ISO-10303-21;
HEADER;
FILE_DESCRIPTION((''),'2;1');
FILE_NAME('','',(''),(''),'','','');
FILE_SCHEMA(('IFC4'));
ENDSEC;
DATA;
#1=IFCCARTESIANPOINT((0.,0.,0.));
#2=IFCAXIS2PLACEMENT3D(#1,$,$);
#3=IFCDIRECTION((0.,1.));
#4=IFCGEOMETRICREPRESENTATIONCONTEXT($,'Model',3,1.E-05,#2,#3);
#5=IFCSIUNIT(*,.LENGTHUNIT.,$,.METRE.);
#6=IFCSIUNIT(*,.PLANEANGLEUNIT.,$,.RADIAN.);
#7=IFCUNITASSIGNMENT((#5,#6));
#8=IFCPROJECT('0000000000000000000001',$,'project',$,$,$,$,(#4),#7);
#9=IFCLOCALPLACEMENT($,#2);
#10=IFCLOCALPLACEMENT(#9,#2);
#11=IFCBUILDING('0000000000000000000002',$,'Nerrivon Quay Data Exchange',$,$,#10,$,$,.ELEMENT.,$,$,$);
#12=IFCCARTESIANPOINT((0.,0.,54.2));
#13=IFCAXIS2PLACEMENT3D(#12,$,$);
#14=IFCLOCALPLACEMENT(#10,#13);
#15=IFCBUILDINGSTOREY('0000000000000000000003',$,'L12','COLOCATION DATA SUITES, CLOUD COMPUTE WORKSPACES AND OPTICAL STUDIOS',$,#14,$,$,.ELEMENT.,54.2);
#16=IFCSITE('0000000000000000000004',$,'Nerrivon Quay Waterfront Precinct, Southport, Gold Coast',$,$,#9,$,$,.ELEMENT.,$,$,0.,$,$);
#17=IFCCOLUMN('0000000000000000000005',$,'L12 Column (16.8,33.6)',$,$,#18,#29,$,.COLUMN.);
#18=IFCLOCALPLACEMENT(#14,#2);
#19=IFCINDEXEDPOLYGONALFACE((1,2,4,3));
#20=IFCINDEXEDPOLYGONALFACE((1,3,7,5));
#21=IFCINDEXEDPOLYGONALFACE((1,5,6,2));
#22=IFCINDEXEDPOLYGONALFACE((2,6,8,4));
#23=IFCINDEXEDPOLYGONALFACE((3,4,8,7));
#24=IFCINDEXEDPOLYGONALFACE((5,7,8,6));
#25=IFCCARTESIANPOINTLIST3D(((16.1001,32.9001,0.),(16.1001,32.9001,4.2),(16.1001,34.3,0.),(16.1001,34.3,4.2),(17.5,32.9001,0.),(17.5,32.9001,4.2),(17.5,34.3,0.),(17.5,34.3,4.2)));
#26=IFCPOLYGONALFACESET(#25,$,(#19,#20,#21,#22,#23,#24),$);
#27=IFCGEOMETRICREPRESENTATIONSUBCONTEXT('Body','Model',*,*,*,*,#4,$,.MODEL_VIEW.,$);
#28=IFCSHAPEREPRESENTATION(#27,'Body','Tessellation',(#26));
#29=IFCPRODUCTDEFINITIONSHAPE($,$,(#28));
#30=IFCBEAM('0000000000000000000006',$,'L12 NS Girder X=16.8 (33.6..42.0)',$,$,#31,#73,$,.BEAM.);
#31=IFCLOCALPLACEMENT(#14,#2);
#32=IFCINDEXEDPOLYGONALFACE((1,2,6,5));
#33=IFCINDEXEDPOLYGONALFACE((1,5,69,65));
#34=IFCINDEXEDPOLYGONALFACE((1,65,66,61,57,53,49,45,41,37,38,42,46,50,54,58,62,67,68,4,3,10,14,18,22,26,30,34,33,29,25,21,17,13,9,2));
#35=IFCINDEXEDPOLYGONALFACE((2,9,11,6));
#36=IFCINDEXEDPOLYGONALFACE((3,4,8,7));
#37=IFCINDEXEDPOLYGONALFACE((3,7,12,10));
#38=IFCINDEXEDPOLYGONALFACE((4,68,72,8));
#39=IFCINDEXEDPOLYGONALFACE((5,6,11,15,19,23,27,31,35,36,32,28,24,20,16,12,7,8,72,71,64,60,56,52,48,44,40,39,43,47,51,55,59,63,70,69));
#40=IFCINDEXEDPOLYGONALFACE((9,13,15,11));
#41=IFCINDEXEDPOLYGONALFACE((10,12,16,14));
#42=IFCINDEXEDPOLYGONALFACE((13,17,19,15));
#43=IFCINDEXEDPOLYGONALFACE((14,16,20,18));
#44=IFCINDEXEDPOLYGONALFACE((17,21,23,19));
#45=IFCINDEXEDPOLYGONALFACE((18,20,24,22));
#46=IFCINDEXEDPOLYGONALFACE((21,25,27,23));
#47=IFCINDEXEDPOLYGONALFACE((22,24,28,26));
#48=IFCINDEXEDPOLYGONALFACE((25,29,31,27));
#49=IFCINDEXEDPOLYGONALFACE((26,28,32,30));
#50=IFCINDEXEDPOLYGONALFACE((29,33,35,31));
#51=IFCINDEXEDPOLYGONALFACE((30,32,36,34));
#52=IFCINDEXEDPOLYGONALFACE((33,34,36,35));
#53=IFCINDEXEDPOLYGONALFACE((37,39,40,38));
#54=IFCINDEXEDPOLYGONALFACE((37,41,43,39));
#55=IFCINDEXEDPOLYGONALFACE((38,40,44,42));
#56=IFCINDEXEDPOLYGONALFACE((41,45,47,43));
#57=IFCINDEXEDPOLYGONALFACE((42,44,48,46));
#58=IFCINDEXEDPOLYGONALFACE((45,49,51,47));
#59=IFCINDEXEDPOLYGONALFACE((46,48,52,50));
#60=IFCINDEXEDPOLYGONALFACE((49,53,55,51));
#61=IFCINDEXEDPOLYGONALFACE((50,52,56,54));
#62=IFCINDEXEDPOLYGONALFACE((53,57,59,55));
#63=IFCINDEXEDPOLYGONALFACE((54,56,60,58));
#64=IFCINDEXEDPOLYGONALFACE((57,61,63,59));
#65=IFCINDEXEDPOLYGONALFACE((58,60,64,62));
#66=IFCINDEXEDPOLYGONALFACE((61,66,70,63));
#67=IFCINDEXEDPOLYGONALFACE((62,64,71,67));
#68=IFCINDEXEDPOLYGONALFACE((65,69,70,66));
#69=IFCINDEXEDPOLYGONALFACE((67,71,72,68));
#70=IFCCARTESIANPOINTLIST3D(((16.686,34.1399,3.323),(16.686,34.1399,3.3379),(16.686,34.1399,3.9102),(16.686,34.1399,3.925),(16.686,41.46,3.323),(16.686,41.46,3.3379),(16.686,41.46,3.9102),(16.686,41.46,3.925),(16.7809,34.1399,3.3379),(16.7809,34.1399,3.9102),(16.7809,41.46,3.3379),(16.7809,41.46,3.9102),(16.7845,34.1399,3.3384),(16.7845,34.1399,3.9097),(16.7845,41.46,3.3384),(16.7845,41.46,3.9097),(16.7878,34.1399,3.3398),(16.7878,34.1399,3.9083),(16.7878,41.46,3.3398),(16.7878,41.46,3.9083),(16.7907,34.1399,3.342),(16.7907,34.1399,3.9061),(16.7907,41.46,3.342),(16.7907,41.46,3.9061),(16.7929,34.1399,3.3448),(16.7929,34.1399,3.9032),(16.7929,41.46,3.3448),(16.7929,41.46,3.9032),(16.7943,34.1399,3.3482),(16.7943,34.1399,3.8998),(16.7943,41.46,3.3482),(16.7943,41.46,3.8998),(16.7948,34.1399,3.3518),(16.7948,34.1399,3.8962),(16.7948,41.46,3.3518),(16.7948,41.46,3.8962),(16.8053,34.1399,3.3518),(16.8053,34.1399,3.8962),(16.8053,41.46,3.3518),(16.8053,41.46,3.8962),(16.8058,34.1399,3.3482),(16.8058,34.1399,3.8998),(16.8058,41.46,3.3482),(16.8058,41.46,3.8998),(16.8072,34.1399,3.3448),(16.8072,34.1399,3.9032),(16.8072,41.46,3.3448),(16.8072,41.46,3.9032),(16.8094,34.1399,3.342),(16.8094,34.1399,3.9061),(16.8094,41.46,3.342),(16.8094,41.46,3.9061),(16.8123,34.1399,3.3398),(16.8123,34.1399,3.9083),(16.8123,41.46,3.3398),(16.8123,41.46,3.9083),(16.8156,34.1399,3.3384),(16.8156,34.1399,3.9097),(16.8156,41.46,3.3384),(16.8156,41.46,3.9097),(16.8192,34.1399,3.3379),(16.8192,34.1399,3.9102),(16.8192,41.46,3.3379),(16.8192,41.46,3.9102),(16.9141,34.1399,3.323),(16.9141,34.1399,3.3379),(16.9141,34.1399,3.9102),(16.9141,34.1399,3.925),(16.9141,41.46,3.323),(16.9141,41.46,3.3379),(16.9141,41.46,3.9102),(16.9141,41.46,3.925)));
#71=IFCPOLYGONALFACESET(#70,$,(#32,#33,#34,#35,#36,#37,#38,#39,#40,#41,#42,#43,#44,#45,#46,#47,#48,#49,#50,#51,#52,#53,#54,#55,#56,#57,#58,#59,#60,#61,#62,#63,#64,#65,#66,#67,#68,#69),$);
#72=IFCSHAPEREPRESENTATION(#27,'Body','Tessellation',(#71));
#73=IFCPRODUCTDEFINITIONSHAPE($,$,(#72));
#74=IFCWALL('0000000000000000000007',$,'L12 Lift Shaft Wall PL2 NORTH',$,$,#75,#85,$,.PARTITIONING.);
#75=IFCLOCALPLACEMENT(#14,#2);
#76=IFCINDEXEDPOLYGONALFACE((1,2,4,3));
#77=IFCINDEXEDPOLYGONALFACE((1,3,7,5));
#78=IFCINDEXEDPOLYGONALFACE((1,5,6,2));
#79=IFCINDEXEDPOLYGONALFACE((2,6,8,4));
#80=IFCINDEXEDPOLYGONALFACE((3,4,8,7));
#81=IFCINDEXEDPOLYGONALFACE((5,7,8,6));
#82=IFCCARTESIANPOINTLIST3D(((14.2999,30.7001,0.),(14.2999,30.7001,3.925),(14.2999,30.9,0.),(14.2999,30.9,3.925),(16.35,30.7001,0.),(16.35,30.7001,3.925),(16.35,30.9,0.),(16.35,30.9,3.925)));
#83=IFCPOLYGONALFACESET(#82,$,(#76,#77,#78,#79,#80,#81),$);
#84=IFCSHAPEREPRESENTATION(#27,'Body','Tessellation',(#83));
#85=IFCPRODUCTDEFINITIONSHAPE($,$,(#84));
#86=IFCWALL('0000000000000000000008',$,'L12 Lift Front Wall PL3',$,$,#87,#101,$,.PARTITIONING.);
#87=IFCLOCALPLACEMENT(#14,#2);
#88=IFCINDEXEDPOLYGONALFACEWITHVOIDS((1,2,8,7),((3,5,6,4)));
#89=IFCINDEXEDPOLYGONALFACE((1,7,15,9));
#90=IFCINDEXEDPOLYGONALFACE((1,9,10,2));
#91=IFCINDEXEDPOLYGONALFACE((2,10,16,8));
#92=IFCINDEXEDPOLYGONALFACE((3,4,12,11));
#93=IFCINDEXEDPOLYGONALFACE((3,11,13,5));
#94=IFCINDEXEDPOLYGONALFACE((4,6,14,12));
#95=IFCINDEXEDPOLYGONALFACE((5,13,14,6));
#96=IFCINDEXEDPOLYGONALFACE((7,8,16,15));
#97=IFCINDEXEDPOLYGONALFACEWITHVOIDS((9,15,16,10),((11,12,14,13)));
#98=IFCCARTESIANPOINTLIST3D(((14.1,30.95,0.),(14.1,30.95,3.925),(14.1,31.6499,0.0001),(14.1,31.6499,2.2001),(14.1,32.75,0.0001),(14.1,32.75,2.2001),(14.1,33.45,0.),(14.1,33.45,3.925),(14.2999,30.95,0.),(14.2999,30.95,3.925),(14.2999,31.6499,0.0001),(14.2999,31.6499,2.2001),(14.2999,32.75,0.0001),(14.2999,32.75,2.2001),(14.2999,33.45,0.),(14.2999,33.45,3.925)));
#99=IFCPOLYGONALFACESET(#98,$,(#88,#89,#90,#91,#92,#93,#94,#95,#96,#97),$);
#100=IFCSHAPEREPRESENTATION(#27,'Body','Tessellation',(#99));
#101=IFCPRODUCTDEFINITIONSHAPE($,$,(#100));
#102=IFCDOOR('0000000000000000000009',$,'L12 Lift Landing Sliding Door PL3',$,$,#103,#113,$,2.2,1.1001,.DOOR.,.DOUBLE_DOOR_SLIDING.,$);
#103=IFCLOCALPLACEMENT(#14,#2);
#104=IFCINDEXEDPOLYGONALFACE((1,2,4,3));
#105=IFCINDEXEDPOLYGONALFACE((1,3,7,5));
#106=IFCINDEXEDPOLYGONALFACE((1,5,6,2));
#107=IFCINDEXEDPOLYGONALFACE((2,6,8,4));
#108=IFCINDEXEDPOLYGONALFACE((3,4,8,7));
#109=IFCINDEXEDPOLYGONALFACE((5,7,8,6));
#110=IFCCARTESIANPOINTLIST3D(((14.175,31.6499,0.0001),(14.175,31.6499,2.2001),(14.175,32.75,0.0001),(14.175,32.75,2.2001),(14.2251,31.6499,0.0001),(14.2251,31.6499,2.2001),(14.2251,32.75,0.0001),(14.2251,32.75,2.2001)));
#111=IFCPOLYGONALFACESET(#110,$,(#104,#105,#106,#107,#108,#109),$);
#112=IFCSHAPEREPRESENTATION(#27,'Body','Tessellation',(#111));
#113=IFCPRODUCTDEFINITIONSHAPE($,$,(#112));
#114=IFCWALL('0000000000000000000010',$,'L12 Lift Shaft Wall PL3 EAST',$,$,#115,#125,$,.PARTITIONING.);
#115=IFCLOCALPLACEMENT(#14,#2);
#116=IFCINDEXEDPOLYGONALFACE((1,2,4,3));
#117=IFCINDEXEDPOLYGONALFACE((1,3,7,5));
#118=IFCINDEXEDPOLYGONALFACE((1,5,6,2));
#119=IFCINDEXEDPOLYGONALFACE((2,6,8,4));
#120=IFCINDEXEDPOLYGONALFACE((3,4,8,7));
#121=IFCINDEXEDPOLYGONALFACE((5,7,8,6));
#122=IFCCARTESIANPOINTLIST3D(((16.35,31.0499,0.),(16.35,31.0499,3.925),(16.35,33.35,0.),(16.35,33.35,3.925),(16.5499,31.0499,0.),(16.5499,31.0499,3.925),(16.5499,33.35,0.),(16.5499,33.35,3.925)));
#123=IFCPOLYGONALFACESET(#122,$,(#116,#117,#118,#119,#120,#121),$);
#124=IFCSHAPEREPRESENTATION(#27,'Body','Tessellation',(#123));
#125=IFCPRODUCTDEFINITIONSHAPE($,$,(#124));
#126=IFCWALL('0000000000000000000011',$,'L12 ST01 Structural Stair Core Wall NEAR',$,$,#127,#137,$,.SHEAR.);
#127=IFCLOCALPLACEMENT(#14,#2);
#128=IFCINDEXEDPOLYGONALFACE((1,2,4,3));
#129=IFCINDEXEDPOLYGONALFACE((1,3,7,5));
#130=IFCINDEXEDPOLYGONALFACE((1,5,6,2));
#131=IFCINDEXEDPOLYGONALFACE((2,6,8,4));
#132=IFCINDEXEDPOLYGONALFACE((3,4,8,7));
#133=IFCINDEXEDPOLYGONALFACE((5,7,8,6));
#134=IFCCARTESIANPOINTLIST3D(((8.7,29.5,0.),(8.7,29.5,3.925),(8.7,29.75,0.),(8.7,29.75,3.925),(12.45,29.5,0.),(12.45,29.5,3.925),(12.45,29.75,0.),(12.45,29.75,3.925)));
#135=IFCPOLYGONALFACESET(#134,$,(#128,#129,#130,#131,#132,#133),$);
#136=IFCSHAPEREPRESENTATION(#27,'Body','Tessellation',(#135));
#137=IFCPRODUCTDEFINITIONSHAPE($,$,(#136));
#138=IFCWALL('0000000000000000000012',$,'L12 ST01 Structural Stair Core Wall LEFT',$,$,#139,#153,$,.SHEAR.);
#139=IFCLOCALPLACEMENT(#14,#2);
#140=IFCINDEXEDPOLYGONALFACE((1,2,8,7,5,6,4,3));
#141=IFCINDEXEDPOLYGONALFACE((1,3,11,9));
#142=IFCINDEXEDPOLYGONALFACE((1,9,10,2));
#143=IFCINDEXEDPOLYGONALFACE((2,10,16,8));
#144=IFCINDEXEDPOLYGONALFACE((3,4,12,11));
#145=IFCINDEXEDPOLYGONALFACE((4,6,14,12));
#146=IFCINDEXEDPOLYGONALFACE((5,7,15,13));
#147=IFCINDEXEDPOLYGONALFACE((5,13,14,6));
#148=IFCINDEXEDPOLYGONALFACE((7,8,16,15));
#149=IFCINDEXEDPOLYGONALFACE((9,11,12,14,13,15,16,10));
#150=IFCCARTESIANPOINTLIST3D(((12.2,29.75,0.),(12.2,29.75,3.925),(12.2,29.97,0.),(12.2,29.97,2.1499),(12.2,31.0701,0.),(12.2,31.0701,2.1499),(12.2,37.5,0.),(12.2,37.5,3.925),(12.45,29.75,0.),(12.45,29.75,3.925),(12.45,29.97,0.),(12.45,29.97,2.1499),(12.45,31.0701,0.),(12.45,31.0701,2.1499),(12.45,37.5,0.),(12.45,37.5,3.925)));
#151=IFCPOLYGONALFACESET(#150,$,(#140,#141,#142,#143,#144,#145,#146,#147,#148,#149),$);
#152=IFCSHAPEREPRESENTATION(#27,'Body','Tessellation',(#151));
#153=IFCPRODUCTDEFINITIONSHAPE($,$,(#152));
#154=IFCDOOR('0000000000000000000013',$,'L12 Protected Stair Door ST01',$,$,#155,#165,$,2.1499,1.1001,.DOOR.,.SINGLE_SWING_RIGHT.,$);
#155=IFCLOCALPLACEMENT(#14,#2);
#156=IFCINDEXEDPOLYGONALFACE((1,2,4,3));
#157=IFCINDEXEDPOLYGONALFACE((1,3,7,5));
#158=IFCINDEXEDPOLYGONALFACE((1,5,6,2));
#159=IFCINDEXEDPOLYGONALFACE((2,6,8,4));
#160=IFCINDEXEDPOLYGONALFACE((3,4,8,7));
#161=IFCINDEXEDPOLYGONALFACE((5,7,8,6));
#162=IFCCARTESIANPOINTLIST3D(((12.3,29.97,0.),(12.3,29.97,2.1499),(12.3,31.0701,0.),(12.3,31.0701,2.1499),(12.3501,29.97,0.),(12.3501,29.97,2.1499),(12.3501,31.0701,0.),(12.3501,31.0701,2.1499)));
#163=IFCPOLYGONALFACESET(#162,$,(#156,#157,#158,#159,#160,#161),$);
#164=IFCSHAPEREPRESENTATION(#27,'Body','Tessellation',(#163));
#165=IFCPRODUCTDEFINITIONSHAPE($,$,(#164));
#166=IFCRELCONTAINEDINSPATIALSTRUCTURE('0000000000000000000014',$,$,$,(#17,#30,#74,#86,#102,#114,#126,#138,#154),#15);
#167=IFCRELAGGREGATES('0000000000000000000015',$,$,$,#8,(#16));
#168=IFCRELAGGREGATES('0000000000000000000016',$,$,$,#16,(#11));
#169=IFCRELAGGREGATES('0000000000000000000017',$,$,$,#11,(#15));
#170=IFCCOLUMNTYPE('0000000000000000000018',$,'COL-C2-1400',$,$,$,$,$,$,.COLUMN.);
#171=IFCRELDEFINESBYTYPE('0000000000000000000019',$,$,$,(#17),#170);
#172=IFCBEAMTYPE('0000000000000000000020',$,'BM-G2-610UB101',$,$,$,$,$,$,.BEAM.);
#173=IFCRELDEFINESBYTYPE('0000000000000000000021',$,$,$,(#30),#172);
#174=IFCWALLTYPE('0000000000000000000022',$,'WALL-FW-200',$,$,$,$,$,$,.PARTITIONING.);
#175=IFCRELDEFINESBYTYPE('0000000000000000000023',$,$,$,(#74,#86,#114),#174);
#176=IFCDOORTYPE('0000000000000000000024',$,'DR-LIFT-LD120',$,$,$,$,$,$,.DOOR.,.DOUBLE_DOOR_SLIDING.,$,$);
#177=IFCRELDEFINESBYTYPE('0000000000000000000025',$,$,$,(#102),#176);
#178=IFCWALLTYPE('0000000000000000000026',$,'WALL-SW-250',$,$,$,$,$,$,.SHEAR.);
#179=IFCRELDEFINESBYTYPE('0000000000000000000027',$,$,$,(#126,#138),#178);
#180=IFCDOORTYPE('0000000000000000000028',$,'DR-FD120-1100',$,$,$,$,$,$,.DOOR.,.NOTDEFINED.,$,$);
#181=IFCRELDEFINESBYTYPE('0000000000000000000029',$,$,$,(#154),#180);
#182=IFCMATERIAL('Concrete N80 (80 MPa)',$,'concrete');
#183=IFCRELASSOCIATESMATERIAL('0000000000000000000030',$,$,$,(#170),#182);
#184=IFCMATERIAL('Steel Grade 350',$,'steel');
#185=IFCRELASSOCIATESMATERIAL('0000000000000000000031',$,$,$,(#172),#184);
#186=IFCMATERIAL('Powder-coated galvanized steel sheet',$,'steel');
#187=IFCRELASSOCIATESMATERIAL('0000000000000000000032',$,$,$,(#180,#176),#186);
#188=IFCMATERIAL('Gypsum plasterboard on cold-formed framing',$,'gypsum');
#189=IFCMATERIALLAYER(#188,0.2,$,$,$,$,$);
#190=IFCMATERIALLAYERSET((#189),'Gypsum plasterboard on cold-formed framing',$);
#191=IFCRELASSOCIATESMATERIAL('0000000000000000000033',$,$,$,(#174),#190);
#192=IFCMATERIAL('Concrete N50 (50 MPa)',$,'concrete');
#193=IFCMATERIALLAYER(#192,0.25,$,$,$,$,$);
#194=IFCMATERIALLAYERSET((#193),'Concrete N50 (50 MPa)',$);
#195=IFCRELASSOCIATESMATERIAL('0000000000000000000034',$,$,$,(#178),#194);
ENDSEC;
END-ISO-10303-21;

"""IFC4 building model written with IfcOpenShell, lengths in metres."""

from ifc_helpers import new_model, si_unit, direction, frame, frame_2d, origin, origin_2d, place, context, subcontext, project, spatial, rectangle, i_section, extrude, material, layer, layer_set, material_profile, profile_set, type_object, element, fill, save


model = new_model("IFC4")

# Units and contexts
model_context = context("Model", 3, precision=1e-05, world=origin(), true_north=direction((0.0, 1.0)))
body_context = subcontext(model_context, "Body", "Model", "MODEL_VIEW")
ifc_project = project(units=[si_unit("LENGTHUNIT", "METRE"), si_unit("PLANEANGLEUNIT", "RADIAN")], contexts=[model_context])

# Site, building, storey
site_placement = place(None, origin())
site = spatial("IfcSite", under=ifc_project, at=site_placement, Name="Nerrivon Quay Waterfront Precinct, Southport, Gold Coast", CompositionType="ELEMENT", RefElevation=0.0)
building_placement = place(site_placement, origin())
building = spatial("IfcBuilding", under=site, at=building_placement, Name="Nerrivon Quay Data Exchange", CompositionType="ELEMENT")
storey_placement = place(building_placement, frame((0.0, 0.0, 54.2)))
storey = spatial("IfcBuildingStorey", under=building, at=storey_placement, Name="L12", Description="COLOCATION DATA SUITES, CLOUD COMPUTE WORKSPACES AND OPTICAL STUDIOS", CompositionType="ELEMENT", Elevation=54.2)

# Column
ifc_material_1 = material(Name="Concrete N80 (80 MPa)", Category="concrete")
ifc_material_profile_1 = material_profile(ifc_material_1, rectangle(XDim=1.3999, YDim=1.3999, at=origin_2d()), Name="RC-COL-1400x1400")
ifc_profile_set_1 = profile_set([ifc_material_profile_1], Name="Concrete N80 (80 MPa)")
column_type = type_object("IfcColumnType", Name="COL-C2-1400", PredefinedType="COLUMN", material=ifc_profile_set_1)
column_placement = place(storey_placement, frame((16.8, 33.6001, 0.0), z_axis=(0.0, 0.0, 1.0), x_axis=(1.0, 0.0, 0.0)))
element("IfcColumn", 1, at=column_placement, inside=storey, type_object=column_type, Name="L12 Column (16.8,33.6)", PredefinedType="COLUMN", context=body_context, shape_type="SweptSolid", body=[
    extrude(rectangle(XDim=1.3999, YDim=1.3999, at=origin_2d()), origin(), (0.0, 0.0, 1.0), 4.2),
])

# Beam
ifc_material_2 = material(Name="Steel Grade 350", Category="steel")
ifc_material_profile_2 = material_profile(ifc_material_2, i_section(OverallWidth=0.228, OverallDepth=0.6021, WebThickness=0.0105, FlangeThickness=0.0149, FilletRadius=0.0139, at=origin_2d()), Name="610UB101")
ifc_profile_set_2 = profile_set([ifc_material_profile_2], Name="Steel Grade 350")
beam_type = type_object("IfcBeamType", Name="BM-G2-610UB101", PredefinedType="BEAM", material=ifc_profile_set_2)
beam_placement = place(storey_placement, frame((16.8, 34.1399, 3.624), z_axis=(0.0, 1.0, 0.0), x_axis=(-1.0, 0.0, 0.0)))
element("IfcBeam", 2, at=beam_placement, inside=storey, type_object=beam_type, Name="L12 NS Girder X=16.8 (33.6..42.0)", PredefinedType="BEAM", context=body_context, shape_type="SweptSolid", body=[
    extrude(i_section(OverallWidth=0.228, OverallDepth=0.6021, WebThickness=0.0105, FlangeThickness=0.0149, FilletRadius=0.0139, at=origin_2d()), origin(), (0.0, 0.0, 1.0), 7.3201),
])

# Shared definitions
ifc_material_3 = material(Name="Powder-coated galvanized steel sheet", Category="steel")
door_type_1 = type_object("IfcDoorType", Name="DR-FD120-1100", OperationType="NOTDEFINED", PredefinedType="DOOR", material=ifc_material_3)

# Wall
ifc_material_4 = material(Name="Gypsum plasterboard on cold-formed framing", Category="gypsum")
ifc_layer_1 = layer(ifc_material_4, 0.2)
ifc_layer_set_1 = layer_set([ifc_layer_1], Name="Gypsum plasterboard on cold-formed framing")
wall_type_1 = type_object("IfcWallType", Name="WALL-FW-200", PredefinedType="PARTITIONING", material=ifc_layer_set_1)
wall_1_placement = place(storey_placement, frame((14.3, 30.8, 0.0), z_axis=(0.0, 0.0, 1.0), x_axis=(1.0, 0.0, 0.0)))
element("IfcWall", 3, at=wall_1_placement, inside=storey, type_object=wall_type_1, Name="L12 Lift Shaft Wall PL2 NORTH", PredefinedType="PARTITIONING", context=body_context, shape_type="SweptSolid", body=[
    extrude(rectangle(XDim=2.05, YDim=0.2, at=frame_2d((1.0249, 0.0))), origin(), (0.0, 0.0, 1.0), 3.925),
])

# Wall, opening, door
wall_2_placement = place(storey_placement, frame((14.2, 30.95, 0.0), z_axis=(0.0, 0.0, 1.0), x_axis=(0.0, 1.0, 0.0)))
wall_2 = element("IfcWall", 4, at=wall_2_placement, inside=storey, type_object=wall_type_1, Name="L12 Lift Front Wall PL3", PredefinedType="PARTITIONING", context=body_context, shape_type="SweptSolid", body=[
    extrude(rectangle(XDim=2.5, YDim=0.2, at=frame_2d((1.25, 0.0))), origin(), (0.0, 0.0, 1.0), 3.925),
])
opening_1_placement = place(wall_2_placement, frame((0.7, 0.0, 0.0)))
opening_1 = element("IfcOpeningElement", 5, at=opening_1_placement, cuts=wall_2, PredefinedType="OPENING", context=body_context, shape_type="SweptSolid", body=[
    extrude(rectangle(XDim=1.1001, YDim=2.2, at=frame_2d((0.55, 1.1001))), frame((0.0, 0.1099, 0.0), z_axis=(0.0, -1.0, 0.0), x_axis=(1.0, 0.0, 0.0)), (0.0, 0.0, 1.0), 0.22),
])
door_type_2 = type_object("IfcDoorType", Name="DR-LIFT-LD120", OperationType="DOUBLE_DOOR_SLIDING", PredefinedType="DOOR", material=ifc_material_3)
door_1_placement = place(opening_1_placement, origin())
door_1 = element("IfcDoor", 6, at=door_1_placement, inside=storey, type_object=door_type_2, Name="L12 Lift Landing Sliding Door PL3", OperationType="DOUBLE_DOOR_SLIDING", OverallHeight=2.2, OverallWidth=1.1001, PredefinedType="DOOR", context=body_context, shape_type="SweptSolid", body=[
    extrude(rectangle(XDim=1.1001, YDim=2.2, at=frame_2d((0.55, 1.1001))), frame((0.0, 0.0249, 0.0), z_axis=(0.0, -1.0, 0.0), x_axis=(1.0, 0.0, 0.0)), (0.0, 0.0, 1.0), 0.05),
])
fill(opening_1, door_1)

# Walls
wall_3_placement = place(storey_placement, frame((16.45, 31.05, 0.0), z_axis=(0.0, 0.0, 1.0), x_axis=(0.0, 1.0, 0.0)))
element("IfcWall", 7, at=wall_3_placement, inside=storey, type_object=wall_type_1, Name="L12 Lift Shaft Wall PL3 EAST", PredefinedType="PARTITIONING", context=body_context, shape_type="SweptSolid", body=[
    extrude(rectangle(XDim=2.3, YDim=0.2, at=frame_2d((1.1499, 0.0))), origin(), (0.0, 0.0, 1.0), 3.925),
])
ifc_material_5 = material(Name="Concrete N50 (50 MPa)", Category="concrete")
ifc_layer_2 = layer(ifc_material_5, 0.25)
ifc_layer_set_2 = layer_set([ifc_layer_2], Name="Concrete N50 (50 MPa)")
wall_type_2 = type_object("IfcWallType", Name="WALL-SW-250", PredefinedType="SHEAR", material=ifc_layer_set_2)
wall_4_placement = place(storey_placement, frame((12.45, 29.625, 0.0), z_axis=(0.0, 0.0, 1.0), x_axis=(-1.0, 0.0, 0.0)))
element("IfcWall", 8, at=wall_4_placement, inside=storey, type_object=wall_type_2, Name="L12 ST01 Structural Stair Core Wall NEAR", PredefinedType="SHEAR", context=body_context, shape_type="SweptSolid", body=[
    extrude(rectangle(XDim=3.75, YDim=0.25, at=frame_2d((1.875, 0.0))), origin(), (0.0, 0.0, 1.0), 3.925),
])

# Wall, opening, door
wall_5_placement = place(storey_placement, frame((12.325, 29.75, 0.0), z_axis=(0.0, 0.0, 1.0), x_axis=(0.0, 1.0, 0.0)))
wall_5 = element("IfcWall", 9, at=wall_5_placement, inside=storey, type_object=wall_type_2, Name="L12 ST01 Structural Stair Core Wall LEFT", PredefinedType="SHEAR", context=body_context, shape_type="SweptSolid", body=[
    extrude(rectangle(XDim=7.75, YDim=0.25, at=frame_2d((3.875, 0.0))), origin(), (0.0, 0.0, 1.0), 3.925),
])
opening_2_placement = place(wall_5_placement, frame((0.22, 0.0, 0.0)))
opening_2 = element("IfcOpeningElement", 10, at=opening_2_placement, cuts=wall_5, PredefinedType="OPENING", context=body_context, shape_type="SweptSolid", body=[
    extrude(rectangle(XDim=1.1001, YDim=2.1499, at=frame_2d((0.55, 1.075))), frame((0.0, 0.135, 0.0), z_axis=(0.0, -1.0, 0.0), x_axis=(1.0, 0.0, 0.0)), (0.0, 0.0, 1.0), 0.27),
])
door_2_placement = place(opening_2_placement, origin())
door_2 = element("IfcDoor", 11, at=door_2_placement, inside=storey, type_object=door_type_1, Name="L12 Protected Stair Door ST01", OperationType="SINGLE_SWING_RIGHT", OverallHeight=2.1499, OverallWidth=1.1001, PredefinedType="DOOR", context=body_context, shape_type="SweptSolid", body=[
    extrude(rectangle(XDim=1.1001, YDim=2.1499, at=frame_2d((0.55, 1.075))), frame((0.0, 0.0249, 0.0), z_axis=(0.0, -1.0, 0.0), x_axis=(1.0, 0.0, 0.0)), (0.0, 0.0, 1.0), 0.05),
])
fill(opening_2, door_2)

save(model, "model.ifc")
